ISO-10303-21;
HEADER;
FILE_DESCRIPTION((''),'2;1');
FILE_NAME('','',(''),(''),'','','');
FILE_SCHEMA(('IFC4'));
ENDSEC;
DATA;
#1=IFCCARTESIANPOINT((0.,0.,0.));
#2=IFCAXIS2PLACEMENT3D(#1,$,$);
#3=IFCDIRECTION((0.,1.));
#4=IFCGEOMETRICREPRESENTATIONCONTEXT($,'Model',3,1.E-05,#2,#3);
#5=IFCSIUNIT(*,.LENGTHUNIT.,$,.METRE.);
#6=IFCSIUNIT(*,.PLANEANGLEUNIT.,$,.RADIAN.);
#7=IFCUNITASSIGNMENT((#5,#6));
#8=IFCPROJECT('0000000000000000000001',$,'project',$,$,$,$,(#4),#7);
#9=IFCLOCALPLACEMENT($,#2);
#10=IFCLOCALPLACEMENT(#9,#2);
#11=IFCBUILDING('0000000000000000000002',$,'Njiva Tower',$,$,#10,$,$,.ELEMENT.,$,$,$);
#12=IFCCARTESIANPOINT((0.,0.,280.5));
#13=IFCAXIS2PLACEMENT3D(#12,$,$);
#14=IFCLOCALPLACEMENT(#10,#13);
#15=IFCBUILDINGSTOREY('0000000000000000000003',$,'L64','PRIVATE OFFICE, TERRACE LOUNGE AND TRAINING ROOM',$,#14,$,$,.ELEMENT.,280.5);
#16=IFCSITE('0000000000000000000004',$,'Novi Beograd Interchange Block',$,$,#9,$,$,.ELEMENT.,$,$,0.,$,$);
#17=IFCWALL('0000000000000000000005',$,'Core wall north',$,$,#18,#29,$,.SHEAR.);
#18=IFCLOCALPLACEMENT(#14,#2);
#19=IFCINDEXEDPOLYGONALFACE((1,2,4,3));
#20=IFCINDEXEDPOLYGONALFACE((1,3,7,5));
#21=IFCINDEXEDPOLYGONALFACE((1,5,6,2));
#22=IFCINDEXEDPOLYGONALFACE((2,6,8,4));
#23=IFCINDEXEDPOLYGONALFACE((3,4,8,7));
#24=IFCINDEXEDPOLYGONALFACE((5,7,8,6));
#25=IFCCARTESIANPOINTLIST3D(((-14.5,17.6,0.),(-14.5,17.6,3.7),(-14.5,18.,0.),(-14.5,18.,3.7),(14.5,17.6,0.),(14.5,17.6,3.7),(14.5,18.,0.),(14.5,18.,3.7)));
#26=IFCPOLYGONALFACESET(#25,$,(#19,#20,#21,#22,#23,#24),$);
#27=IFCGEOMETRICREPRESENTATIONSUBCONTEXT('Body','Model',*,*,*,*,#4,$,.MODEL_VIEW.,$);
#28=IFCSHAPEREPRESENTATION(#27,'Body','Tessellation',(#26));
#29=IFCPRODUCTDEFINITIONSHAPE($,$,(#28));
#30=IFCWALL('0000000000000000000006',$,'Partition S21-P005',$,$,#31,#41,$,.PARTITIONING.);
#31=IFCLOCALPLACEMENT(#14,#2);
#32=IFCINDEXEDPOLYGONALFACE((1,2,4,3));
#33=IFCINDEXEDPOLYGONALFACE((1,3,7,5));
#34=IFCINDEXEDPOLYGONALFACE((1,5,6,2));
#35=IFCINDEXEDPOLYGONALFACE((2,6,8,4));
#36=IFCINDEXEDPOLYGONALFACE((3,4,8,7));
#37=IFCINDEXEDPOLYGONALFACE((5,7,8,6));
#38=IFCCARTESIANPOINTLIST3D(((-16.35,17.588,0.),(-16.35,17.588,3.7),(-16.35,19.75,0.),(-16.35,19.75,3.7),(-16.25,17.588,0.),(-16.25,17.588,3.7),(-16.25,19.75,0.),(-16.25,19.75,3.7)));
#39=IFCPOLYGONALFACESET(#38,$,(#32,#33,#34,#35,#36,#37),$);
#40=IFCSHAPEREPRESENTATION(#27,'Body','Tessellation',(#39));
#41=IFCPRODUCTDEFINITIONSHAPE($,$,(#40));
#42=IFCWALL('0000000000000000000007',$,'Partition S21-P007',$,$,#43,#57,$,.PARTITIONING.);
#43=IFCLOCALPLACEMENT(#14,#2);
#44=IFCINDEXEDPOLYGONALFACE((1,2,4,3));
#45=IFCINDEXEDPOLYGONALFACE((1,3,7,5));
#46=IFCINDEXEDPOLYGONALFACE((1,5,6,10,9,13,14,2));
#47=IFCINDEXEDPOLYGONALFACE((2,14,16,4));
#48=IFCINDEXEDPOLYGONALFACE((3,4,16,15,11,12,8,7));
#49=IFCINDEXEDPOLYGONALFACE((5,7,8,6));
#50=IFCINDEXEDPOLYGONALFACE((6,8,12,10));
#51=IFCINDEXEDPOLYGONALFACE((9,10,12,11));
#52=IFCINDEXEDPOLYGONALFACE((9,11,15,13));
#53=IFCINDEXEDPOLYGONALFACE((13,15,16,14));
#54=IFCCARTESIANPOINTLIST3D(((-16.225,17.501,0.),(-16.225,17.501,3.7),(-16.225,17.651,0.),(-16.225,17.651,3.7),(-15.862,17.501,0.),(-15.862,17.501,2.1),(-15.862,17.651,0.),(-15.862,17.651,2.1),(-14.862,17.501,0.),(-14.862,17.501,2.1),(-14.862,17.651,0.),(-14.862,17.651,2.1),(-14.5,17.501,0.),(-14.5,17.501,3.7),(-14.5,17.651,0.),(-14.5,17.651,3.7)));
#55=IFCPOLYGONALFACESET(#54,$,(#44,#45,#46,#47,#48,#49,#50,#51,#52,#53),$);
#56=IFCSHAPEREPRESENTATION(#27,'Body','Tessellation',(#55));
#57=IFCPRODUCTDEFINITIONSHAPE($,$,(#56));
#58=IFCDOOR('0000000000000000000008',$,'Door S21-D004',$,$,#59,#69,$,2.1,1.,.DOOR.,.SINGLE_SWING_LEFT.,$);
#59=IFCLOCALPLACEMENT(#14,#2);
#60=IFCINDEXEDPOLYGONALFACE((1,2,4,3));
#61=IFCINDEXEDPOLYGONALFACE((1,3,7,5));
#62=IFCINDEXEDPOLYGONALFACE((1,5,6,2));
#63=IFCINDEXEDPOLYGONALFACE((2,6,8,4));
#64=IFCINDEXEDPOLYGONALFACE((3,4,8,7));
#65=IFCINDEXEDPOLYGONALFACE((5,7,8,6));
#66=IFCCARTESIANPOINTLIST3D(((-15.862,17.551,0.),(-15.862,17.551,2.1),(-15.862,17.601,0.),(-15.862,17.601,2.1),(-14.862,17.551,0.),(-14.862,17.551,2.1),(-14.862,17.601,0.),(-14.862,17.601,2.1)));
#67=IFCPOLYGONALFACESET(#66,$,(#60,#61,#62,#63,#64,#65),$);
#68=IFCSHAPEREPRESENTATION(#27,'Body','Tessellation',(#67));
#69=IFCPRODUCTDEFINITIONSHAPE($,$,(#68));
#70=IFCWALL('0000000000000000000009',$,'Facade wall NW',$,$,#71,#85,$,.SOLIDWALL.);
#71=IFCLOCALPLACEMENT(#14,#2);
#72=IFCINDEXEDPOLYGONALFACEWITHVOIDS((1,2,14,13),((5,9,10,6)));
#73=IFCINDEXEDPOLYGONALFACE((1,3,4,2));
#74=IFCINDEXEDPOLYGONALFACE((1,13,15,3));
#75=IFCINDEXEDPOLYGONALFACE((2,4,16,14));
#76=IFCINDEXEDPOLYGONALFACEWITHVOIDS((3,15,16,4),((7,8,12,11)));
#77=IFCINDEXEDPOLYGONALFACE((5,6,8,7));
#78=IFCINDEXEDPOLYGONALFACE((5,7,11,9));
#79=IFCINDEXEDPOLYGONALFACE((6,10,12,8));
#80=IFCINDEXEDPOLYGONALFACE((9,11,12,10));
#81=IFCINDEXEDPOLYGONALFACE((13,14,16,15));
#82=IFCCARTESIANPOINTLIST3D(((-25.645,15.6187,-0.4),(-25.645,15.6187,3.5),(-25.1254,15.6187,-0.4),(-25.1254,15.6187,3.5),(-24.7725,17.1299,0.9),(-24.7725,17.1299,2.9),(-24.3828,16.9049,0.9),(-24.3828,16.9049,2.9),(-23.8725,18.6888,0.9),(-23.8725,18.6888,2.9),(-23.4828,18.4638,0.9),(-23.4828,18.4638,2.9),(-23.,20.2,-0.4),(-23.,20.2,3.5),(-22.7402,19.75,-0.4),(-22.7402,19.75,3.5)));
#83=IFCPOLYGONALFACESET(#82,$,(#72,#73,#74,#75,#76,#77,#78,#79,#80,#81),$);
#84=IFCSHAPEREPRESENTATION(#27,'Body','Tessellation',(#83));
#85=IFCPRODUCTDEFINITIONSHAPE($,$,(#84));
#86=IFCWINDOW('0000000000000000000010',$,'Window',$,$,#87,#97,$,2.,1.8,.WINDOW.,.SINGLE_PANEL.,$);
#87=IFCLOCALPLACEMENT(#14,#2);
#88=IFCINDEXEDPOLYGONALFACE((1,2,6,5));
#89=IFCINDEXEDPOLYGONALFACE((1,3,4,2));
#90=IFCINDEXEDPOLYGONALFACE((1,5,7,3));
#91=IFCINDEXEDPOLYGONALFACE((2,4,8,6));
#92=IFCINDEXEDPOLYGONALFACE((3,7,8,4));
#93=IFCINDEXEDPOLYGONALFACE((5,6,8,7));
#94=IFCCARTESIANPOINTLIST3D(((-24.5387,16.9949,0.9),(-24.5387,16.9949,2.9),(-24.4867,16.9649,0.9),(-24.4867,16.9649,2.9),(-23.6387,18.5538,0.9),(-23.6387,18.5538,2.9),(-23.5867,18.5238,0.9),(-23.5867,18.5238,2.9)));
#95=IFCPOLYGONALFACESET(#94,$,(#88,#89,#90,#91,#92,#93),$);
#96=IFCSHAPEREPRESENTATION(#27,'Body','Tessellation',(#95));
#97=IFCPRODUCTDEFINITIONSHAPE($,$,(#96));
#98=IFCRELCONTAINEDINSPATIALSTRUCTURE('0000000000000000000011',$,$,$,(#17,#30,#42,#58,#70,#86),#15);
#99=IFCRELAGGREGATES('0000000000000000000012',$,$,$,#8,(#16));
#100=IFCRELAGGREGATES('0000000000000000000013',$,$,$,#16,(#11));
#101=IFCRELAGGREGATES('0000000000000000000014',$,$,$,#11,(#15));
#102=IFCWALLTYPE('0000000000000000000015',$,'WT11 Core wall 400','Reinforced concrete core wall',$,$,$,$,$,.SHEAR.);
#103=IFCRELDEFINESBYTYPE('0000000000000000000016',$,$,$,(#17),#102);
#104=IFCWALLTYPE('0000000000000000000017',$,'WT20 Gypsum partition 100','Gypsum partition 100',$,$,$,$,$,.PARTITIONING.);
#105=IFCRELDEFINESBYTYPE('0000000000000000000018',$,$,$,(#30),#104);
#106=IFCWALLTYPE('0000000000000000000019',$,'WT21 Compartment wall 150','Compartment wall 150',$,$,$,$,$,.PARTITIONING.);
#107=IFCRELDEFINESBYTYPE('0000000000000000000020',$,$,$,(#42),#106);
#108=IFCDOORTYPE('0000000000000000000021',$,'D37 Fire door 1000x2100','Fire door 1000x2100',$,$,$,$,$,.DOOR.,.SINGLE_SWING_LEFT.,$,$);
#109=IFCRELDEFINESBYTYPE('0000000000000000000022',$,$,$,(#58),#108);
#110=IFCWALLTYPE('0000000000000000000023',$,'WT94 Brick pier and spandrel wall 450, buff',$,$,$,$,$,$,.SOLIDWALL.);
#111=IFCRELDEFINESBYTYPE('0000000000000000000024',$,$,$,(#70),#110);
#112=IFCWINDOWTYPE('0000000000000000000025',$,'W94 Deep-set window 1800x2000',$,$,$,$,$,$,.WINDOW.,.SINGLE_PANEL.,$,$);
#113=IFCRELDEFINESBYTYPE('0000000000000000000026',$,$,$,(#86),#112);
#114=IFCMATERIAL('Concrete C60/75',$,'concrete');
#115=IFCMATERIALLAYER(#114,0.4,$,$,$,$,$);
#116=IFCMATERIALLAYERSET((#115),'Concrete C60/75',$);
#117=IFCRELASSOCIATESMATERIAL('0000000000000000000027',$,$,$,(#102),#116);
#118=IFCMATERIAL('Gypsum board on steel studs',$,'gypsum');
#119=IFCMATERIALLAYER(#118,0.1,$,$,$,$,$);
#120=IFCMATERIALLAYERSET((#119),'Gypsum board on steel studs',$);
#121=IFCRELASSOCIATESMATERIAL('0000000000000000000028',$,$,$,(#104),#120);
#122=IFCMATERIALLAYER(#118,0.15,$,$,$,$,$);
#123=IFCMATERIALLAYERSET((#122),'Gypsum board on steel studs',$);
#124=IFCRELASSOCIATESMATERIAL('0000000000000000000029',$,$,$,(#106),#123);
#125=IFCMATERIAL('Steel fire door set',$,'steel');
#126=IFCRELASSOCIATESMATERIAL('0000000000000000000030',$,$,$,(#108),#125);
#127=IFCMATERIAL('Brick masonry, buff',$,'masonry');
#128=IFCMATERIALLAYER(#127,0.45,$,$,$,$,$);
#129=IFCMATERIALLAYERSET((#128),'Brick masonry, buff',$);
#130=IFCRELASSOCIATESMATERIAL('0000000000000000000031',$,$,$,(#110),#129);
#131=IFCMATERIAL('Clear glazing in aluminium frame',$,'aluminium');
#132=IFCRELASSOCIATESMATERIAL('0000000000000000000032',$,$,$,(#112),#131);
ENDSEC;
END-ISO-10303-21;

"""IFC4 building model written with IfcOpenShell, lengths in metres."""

from ifc_helpers import new_model, si_unit, direction, frame, frame_2d, origin, place, context, subcontext, project, spatial, polyline, rectangle, outline, extrude, material, layer, layer_set, type_object, element, fill, save


model = new_model("IFC4")

# Units and contexts
model_context = context("Model", 3, precision=1e-05, world=origin(), true_north=direction((0.0, 1.0)))
body_context = subcontext(model_context, "Body", "Model", "MODEL_VIEW")
ifc_project = project(units=[si_unit("LENGTHUNIT", "METRE"), si_unit("PLANEANGLEUNIT", "RADIAN")], contexts=[model_context])

# Site, building, storey
site_placement = place(None, origin())
site = spatial("IfcSite", under=ifc_project, at=site_placement, Name="Novi Beograd Interchange Block", CompositionType="ELEMENT", RefElevation=0.0)
building_placement = place(site_placement, origin())
building = spatial("IfcBuilding", under=site, at=building_placement, Name="Njiva Tower", CompositionType="ELEMENT")
storey_placement = place(building_placement, frame((0.0, 0.0, 280.5)))
storey = spatial("IfcBuildingStorey", under=building, at=storey_placement, Name="L64", Description="PRIVATE OFFICE, TERRACE LOUNGE AND TRAINING ROOM", CompositionType="ELEMENT", Elevation=280.5)

# Walls
ifc_material_1 = material(Name="Concrete C60/75", Category="concrete")
ifc_layer_1 = layer(ifc_material_1, 0.4)
ifc_layer_set_1 = layer_set([ifc_layer_1], Name="Concrete C60/75")
wall_type_1 = type_object("IfcWallType", Name="WT11 Core wall 400", Description="Reinforced concrete core wall", PredefinedType="SHEAR", material=ifc_layer_set_1)
wall_1_placement = place(storey_placement, frame((-14.5, 17.8, 0.0), z_axis=(0.0, 0.0, 1.0), x_axis=(1.0, 0.0, 0.0)))
element("IfcWall", 1, at=wall_1_placement, inside=storey, type_object=wall_type_1, Name="Core wall north", PredefinedType="SHEAR", context=body_context, shape_type="SweptSolid", body=[
    extrude(rectangle(XDim=29.0, YDim=0.4, at=frame_2d((14.5, 0.0))), origin(), (0.0, 0.0, 1.0), 3.7),
])
ifc_material_2 = material(Name="Gypsum board on steel studs", Category="gypsum")
ifc_layer_2 = layer(ifc_material_2, 0.1)
ifc_layer_set_2 = layer_set([ifc_layer_2], Name="Gypsum board on steel studs")
wall_type_2 = type_object("IfcWallType", Name="WT20 Gypsum partition 100", Description="Gypsum partition 100", PredefinedType="PARTITIONING", material=ifc_layer_set_2)
wall_2_placement = place(storey_placement, frame((-16.3, 17.588, 0.0), z_axis=(0.0, 0.0, 1.0), x_axis=(0.0, 1.0, 0.0)))
element("IfcWall", 2, at=wall_2_placement, inside=storey, type_object=wall_type_2, Name="Partition S21-P005", PredefinedType="PARTITIONING", context=body_context, shape_type="SweptSolid", body=[
    extrude(rectangle(XDim=2.162, YDim=0.1, at=frame_2d((1.081, 0.0))), origin(), (0.0, 0.0, 1.0), 3.7),
])

# Wall, opening, door
ifc_layer_3 = layer(ifc_material_2, 0.15)
ifc_layer_set_3 = layer_set([ifc_layer_3], Name="Gypsum board on steel studs")
wall_type_3 = type_object("IfcWallType", Name="WT21 Compartment wall 150", Description="Compartment wall 150", PredefinedType="PARTITIONING", material=ifc_layer_set_3)
wall_3_placement = place(storey_placement, frame((-16.225, 17.576, 0.0), z_axis=(0.0, 0.0, 1.0), x_axis=(1.0, 0.0, 0.0)))
wall_3 = element("IfcWall", 3, at=wall_3_placement, inside=storey, type_object=wall_type_3, Name="Partition S21-P007", PredefinedType="PARTITIONING", context=body_context, shape_type="SweptSolid", body=[
    extrude(rectangle(XDim=1.725, YDim=0.15, at=frame_2d((0.8625, 0.0))), origin(), (0.0, 0.0, 1.0), 3.7),
])
opening_1_placement = place(wall_3_placement, frame((0.363, 0.0, 0.0)))
opening_1 = element("IfcOpeningElement", 4, at=opening_1_placement, cuts=wall_3, PredefinedType="OPENING", context=body_context, shape_type="SweptSolid", body=[
    extrude(rectangle(XDim=1.0, YDim=2.1, at=frame_2d((0.5, 1.05))), frame((0.0, 0.085, 0.0), z_axis=(0.0, -1.0, 0.0), x_axis=(1.0, 0.0, 0.0)), (0.0, 0.0, 1.0), 0.17),
])
ifc_material_3 = material(Name="Steel fire door set", Category="steel")
door_type = type_object("IfcDoorType", Name="D37 Fire door 1000x2100", Description="Fire door 1000x2100", OperationType="SINGLE_SWING_LEFT", PredefinedType="DOOR", material=ifc_material_3)
door_placement = place(opening_1_placement, origin())
door = element("IfcDoor", 5, at=door_placement, inside=storey, type_object=door_type, Name="Door S21-D004", OperationType="SINGLE_SWING_LEFT", OverallHeight=2.1, OverallWidth=1.0, PredefinedType="DOOR", context=body_context, shape_type="SweptSolid", body=[
    extrude(rectangle(XDim=1.0, YDim=2.1, at=frame_2d((0.5, 1.05))), frame((0.0, 0.025, 0.0), z_axis=(0.0, -1.0, 0.0), x_axis=(1.0, 0.0, 0.0)), (0.0, 0.0, 1.0), 0.05),
])
fill(opening_1, door)

# Shared definitions
ifc_material_4 = material(Name="Clear glazing in aluminium frame", Category="aluminium")

# Wall, opening, window
ifc_material_5 = material(Name="Brick masonry, buff", Category="masonry")
ifc_layer_4 = layer(ifc_material_5, 0.45)
ifc_layer_set_4 = layer_set([ifc_layer_4], Name="Brick masonry, buff")
wall_type_4 = type_object("IfcWallType", Name="WT94 Brick pier and spandrel wall 450, buff", PredefinedType="SOLIDWALL", material=ifc_layer_set_4)
wall_4_placement = place(storey_placement, frame((-22.8701, 19.975, -0.4), z_axis=(0.0, 0.0, 1.0), x_axis=(-0.499998, -0.866026, 0.0)))
wall_4 = element("IfcWall", 6, at=wall_4_placement, inside=storey, type_object=wall_type_4, Name="Facade wall NW", PredefinedType="SOLIDWALL", context=body_context, shape_type="SweptSolid", body=[
    extrude(outline(polyline([(-0.1299, -0.225), (5.1601, -0.225), (4.9003, 0.225), (0.1299, 0.225), (-0.1299, -0.225)])), origin(), (0.0, 0.0, 1.0), 3.9),
])
opening_2_placement = place(wall_4_placement, frame((1.6151, 0.0, 1.3)))
opening_2 = element("IfcOpeningElement", 7, at=opening_2_placement, cuts=wall_4, PredefinedType="OPENING", context=body_context, shape_type="SweptSolid", body=[
    extrude(rectangle(XDim=1.8, YDim=2.0, at=frame_2d((0.9, 1.0))), frame((0.0, 0.235, 0.0), z_axis=(0.0, -1.0, 0.0), x_axis=(1.0, 0.0, 0.0)), (0.0, 0.0, 1.0), 0.47),
])
window_type_1 = type_object("IfcWindowType", Name="W94 Deep-set window 1800x2000", PartitioningType="SINGLE_PANEL", PredefinedType="WINDOW", material=ifc_material_4)
window_1_placement = place(opening_2_placement, origin())
window_1 = element("IfcWindow", 8, at=window_1_placement, inside=storey, type_object=window_type_1, Name="Window", OverallHeight=2.0, OverallWidth=1.8, PartitioningType="SINGLE_PANEL", PredefinedType="WINDOW", context=body_context, shape_type="SweptSolid", body=[
    extrude(rectangle(XDim=1.8, YDim=2.0, at=frame_2d((0.9, 1.0))), frame((0.0, 0.105, 0.0), z_axis=(0.0, -1.0, 0.0), x_axis=(1.0, 0.0, 0.0)), (0.0, 0.0, 1.0), 0.06),
])
fill(opening_2, window_1)

save(model, "model.ifc")
